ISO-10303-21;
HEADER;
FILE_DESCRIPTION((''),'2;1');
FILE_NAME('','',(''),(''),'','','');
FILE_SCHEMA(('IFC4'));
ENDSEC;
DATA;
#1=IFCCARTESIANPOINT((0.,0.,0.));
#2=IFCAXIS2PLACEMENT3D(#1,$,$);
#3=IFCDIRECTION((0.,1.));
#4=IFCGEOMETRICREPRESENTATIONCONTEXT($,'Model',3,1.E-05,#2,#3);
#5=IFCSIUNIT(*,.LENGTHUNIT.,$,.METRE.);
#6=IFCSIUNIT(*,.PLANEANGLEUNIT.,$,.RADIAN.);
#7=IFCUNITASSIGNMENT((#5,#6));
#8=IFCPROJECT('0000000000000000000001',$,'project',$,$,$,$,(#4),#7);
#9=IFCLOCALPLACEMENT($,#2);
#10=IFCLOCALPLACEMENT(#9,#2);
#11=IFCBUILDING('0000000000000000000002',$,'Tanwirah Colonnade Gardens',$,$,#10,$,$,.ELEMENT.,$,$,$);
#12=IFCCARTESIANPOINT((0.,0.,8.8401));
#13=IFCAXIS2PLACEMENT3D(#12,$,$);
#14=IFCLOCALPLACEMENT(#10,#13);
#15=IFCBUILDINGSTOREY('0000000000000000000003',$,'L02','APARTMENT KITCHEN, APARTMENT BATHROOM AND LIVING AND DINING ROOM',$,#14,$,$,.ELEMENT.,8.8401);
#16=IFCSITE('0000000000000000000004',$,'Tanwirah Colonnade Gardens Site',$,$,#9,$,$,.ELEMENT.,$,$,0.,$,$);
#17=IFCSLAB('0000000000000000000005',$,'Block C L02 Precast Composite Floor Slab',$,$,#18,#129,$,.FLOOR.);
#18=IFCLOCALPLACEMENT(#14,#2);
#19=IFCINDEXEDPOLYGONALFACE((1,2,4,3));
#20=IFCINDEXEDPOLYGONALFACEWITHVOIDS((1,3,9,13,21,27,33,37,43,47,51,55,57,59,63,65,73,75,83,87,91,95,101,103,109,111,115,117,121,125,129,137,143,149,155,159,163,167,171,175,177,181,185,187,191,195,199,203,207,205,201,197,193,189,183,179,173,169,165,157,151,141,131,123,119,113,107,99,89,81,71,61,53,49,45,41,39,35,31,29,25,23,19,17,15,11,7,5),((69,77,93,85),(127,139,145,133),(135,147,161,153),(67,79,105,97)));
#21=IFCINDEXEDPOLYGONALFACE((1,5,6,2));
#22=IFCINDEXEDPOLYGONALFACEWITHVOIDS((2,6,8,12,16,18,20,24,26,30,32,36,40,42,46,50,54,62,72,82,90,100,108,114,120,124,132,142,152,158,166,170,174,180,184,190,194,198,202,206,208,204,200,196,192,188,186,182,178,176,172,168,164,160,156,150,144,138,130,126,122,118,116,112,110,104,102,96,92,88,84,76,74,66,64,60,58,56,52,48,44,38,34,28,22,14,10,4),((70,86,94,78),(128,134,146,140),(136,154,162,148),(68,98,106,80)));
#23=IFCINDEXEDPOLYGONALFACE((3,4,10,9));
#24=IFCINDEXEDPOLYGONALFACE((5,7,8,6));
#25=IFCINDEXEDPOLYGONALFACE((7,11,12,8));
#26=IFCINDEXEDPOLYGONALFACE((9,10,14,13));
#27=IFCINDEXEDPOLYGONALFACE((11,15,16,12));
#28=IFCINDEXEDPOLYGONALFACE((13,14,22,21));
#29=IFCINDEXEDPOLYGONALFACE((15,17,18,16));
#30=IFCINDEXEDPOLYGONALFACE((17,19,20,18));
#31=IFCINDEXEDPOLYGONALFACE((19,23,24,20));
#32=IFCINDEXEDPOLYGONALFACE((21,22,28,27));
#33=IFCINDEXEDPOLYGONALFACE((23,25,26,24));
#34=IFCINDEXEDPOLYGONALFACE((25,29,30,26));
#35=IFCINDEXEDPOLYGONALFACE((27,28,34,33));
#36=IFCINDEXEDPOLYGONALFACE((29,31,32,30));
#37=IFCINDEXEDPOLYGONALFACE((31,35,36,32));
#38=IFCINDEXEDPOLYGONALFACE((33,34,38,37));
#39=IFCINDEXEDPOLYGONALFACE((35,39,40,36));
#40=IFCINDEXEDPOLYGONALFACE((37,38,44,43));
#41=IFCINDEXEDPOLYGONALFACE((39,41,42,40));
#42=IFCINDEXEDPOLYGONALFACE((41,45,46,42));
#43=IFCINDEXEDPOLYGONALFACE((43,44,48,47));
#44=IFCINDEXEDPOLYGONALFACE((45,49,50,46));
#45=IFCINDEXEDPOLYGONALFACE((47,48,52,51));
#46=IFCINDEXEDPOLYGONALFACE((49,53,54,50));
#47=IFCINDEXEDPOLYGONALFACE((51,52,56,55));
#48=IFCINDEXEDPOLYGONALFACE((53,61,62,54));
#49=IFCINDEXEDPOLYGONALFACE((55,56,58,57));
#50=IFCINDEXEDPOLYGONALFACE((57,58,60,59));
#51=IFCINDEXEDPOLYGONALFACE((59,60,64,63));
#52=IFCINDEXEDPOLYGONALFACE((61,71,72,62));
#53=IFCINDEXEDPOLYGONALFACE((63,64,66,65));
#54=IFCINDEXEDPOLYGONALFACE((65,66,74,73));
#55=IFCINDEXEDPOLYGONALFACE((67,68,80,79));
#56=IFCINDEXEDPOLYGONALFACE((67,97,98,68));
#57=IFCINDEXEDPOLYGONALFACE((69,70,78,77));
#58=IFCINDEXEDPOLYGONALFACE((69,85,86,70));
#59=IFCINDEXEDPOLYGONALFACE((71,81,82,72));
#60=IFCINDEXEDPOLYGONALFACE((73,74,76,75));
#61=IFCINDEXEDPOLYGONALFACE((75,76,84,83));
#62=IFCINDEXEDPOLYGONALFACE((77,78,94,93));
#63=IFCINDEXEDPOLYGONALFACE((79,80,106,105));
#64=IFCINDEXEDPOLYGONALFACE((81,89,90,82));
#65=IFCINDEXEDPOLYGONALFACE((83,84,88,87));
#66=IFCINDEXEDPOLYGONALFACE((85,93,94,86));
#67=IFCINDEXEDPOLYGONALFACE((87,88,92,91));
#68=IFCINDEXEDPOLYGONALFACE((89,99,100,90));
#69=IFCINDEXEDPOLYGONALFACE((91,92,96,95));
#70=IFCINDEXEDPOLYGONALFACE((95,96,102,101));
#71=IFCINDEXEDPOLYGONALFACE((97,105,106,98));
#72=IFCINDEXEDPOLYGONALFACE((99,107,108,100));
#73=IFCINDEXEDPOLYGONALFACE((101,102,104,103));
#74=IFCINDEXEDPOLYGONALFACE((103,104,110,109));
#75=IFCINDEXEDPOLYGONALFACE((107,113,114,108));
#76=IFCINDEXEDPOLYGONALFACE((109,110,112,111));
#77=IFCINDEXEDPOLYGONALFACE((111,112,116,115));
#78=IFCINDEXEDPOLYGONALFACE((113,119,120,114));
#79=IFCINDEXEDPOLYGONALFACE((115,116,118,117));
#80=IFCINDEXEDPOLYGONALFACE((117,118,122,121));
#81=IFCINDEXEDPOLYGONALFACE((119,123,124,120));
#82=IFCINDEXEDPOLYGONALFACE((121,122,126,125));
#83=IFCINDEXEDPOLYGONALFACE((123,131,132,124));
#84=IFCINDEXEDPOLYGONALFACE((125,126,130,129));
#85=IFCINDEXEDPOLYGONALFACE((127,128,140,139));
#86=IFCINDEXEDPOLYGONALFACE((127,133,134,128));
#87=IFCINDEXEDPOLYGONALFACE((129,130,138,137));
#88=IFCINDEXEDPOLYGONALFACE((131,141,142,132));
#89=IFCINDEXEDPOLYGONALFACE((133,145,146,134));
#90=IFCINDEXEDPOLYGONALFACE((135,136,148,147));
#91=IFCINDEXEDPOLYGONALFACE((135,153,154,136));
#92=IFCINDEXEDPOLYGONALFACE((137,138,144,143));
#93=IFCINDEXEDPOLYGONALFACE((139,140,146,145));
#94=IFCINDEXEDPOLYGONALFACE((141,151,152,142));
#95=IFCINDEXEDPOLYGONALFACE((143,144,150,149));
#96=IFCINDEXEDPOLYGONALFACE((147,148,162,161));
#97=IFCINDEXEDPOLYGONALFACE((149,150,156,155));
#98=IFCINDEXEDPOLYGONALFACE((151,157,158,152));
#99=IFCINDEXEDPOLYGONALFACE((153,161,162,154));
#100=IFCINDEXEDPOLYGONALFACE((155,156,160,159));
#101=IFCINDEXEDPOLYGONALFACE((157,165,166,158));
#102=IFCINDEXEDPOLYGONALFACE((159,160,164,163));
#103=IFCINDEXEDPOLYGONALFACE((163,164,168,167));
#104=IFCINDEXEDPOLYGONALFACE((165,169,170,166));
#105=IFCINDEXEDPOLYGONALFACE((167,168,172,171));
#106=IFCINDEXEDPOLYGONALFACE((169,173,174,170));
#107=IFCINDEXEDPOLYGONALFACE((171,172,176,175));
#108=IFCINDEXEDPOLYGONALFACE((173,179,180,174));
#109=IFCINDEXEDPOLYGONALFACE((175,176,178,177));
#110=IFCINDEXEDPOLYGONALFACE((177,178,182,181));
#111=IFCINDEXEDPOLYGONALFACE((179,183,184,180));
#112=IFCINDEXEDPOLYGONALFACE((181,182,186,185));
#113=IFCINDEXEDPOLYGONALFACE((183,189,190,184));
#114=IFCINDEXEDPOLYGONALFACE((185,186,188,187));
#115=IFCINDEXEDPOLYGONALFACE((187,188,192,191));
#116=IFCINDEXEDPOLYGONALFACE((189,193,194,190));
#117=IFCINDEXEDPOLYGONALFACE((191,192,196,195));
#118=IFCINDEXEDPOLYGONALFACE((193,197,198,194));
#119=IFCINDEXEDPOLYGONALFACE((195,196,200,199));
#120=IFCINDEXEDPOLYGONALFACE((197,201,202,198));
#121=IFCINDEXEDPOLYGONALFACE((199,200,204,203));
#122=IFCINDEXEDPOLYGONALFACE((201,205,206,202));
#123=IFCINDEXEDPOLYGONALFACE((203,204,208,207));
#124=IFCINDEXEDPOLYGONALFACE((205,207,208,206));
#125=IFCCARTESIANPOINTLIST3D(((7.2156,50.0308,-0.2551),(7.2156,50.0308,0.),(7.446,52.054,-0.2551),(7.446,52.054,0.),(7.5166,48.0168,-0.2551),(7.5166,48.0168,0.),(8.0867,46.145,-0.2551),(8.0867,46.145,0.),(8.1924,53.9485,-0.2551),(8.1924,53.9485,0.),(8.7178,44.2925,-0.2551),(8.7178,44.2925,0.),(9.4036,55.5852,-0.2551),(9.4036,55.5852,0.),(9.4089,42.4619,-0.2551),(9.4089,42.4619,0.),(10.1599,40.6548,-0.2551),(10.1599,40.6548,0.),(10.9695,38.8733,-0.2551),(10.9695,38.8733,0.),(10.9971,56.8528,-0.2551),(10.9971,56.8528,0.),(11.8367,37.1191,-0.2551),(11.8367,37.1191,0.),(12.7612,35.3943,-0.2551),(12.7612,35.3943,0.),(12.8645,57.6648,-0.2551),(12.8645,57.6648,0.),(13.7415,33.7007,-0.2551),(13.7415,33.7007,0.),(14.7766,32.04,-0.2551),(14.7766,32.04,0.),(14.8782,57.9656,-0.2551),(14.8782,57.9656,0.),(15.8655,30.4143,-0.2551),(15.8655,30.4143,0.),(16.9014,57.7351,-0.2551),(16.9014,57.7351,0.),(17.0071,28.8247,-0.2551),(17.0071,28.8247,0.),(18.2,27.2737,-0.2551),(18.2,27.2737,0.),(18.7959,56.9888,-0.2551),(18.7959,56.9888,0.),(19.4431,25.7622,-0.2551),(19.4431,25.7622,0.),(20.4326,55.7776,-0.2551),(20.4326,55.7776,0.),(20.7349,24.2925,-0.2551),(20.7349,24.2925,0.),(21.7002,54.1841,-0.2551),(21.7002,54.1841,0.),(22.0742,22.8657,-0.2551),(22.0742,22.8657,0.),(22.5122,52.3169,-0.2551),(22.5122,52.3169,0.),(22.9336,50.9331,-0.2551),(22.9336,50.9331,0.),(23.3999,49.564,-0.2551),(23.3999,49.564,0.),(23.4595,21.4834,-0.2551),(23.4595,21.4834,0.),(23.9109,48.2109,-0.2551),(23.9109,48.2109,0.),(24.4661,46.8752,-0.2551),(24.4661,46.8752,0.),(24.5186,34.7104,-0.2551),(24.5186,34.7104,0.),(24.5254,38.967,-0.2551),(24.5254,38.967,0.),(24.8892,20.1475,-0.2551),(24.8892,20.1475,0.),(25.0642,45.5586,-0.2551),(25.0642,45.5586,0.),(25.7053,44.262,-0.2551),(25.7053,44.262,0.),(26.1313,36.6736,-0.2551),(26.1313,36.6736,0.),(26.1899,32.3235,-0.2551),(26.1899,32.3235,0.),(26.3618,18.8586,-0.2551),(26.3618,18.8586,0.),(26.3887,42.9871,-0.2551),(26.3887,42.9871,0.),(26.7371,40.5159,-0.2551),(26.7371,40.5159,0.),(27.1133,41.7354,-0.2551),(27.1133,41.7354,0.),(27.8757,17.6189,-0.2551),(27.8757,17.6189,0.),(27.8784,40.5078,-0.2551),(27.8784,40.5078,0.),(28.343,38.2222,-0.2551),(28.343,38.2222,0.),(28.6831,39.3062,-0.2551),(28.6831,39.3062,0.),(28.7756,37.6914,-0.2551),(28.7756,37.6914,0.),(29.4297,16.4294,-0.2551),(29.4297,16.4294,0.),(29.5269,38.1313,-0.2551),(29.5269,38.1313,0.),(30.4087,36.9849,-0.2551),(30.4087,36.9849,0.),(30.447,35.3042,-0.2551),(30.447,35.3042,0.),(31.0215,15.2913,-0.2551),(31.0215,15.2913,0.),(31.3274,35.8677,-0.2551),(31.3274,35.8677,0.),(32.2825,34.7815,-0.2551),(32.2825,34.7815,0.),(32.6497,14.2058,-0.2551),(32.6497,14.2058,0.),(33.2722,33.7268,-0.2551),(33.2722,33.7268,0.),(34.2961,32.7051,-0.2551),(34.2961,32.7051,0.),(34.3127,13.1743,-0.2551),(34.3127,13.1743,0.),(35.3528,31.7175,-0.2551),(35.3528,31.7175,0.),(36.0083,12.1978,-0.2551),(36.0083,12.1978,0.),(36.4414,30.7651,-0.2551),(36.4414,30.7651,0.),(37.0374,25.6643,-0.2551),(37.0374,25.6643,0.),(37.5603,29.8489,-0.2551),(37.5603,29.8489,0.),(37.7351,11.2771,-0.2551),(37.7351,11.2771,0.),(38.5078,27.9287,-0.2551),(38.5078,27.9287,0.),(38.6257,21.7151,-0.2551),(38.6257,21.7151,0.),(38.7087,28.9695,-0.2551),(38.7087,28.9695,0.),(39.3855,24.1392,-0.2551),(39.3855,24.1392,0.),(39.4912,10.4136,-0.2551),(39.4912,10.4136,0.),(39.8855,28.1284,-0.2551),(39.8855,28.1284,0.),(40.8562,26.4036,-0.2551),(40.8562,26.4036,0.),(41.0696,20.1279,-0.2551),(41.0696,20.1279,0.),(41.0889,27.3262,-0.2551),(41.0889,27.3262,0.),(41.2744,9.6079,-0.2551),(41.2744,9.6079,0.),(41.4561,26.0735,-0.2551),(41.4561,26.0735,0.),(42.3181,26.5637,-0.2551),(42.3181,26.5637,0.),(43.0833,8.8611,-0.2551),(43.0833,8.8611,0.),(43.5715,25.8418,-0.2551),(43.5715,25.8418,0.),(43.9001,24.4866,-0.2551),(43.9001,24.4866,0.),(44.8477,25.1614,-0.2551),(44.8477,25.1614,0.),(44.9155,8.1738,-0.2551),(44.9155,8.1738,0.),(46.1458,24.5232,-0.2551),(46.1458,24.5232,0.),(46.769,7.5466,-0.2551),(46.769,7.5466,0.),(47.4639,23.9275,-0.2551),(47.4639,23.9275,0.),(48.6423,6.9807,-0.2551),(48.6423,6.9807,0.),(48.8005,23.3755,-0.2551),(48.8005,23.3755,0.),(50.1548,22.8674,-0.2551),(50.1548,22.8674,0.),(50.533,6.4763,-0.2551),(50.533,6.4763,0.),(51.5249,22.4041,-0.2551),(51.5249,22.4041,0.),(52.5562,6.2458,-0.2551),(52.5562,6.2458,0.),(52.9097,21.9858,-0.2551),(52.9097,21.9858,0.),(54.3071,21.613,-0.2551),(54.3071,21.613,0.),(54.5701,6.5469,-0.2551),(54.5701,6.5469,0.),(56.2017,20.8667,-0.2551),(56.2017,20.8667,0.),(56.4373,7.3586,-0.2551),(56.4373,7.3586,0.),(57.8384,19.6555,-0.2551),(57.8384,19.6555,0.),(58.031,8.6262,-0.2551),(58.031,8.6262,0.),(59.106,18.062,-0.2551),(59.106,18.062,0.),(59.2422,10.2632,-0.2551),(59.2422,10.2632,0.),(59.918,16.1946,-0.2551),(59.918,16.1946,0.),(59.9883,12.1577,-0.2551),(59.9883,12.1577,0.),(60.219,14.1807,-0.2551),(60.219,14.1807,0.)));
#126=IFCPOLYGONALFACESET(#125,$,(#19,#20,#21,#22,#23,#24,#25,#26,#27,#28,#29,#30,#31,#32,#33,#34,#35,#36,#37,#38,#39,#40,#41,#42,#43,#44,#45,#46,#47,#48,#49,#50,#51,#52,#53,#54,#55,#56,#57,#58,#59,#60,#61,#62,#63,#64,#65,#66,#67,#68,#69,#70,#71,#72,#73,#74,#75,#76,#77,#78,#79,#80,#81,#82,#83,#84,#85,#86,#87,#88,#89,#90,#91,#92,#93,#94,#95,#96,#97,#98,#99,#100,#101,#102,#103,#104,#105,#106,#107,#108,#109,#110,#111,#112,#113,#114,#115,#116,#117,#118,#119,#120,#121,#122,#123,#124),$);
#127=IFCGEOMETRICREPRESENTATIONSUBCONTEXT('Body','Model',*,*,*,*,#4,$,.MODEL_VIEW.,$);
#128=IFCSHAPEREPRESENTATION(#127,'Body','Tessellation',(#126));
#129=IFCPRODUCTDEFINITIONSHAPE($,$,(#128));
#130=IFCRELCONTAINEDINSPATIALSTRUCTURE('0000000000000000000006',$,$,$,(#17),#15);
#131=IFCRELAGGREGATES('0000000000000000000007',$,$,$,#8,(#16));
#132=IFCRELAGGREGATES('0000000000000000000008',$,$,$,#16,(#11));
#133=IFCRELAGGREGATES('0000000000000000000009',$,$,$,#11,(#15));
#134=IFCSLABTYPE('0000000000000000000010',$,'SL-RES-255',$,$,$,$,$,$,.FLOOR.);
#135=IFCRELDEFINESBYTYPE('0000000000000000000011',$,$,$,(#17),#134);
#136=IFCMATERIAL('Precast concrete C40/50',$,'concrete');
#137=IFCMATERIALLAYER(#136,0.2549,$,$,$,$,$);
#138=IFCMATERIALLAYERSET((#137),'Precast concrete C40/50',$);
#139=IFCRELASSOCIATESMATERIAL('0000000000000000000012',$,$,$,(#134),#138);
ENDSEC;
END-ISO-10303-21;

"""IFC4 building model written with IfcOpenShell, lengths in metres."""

from ifc_helpers import new_model, si_unit, direction, frame, origin, place, context, subcontext, project, spatial, polyline, outline, extrude, material, layer, layer_set, type_object, element, save


model = new_model("IFC4")

# Units and contexts
model_context = context("Model", 3, precision=1e-05, world=origin(), true_north=direction((0.0, 1.0)))
body_context = subcontext(model_context, "Body", "Model", "MODEL_VIEW")
ifc_project = project(units=[si_unit("LENGTHUNIT", "METRE"), si_unit("PLANEANGLEUNIT", "RADIAN")], contexts=[model_context])

# Site, building, storey
site_placement = place(None, origin())
site = spatial("IfcSite", under=ifc_project, at=site_placement, Name="Tanwirah Colonnade Gardens Site", CompositionType="ELEMENT", RefElevation=0.0)
building_placement = place(site_placement, origin())
building = spatial("IfcBuilding", under=site, at=building_placement, Name="Tanwirah Colonnade Gardens", CompositionType="ELEMENT")
storey_placement = place(building_placement, frame((0.0, 0.0, 8.8401)))
storey = spatial("IfcBuildingStorey", under=building, at=storey_placement, Name="L02", Description="APARTMENT KITCHEN, APARTMENT BATHROOM AND LIVING AND DINING ROOM", CompositionType="ELEMENT", Elevation=8.8401)

# Shared definitions
ifc_material_1 = material(Name="Precast concrete C40/50", Category="concrete")

# Slab
ifc_layer_1 = layer(ifc_material_1, 0.2549)
ifc_layer_set_1 = layer_set([ifc_layer_1], Name="Precast concrete C40/50")
slab_type_1 = type_object("IfcSlabType", Name="SL-RES-255", PredefinedType="FLOOR", material=ifc_layer_set_1)
slab_1_placement = place(storey_placement, frame((0.0, 0.0, -0.2551)))
element("IfcSlab", 1, at=slab_1_placement, inside=storey, type_object=slab_type_1, Name="Block C L02 Precast Composite Floor Slab", PredefinedType="FLOOR", context=body_context, shape_type="SweptSolid", body=[
    extrude(outline(polyline([(23.3999, 49.564), (22.9336, 50.9331), (22.5122, 52.3169), (21.7002, 54.1841), (20.4326, 55.7776), (18.7959, 56.9888), (16.9014, 57.7351), (14.8782, 57.9656), (12.8645, 57.6648), (10.9971, 56.8528), (9.4036, 55.5852), (8.1924, 53.9485), (7.446, 52.054), (7.2156, 50.0308), (7.5166, 48.0168), (8.0867, 46.145), (8.7178, 44.2925), (9.4089, 42.4619), (10.1599, 40.6548), (10.9695, 38.8733), (11.8367, 37.1191), (12.7612, 35.3943), (13.7415, 33.7007), (14.7766, 32.04), (15.8655, 30.4143), (17.0071, 28.8247), (18.2, 27.2737), (19.4431, 25.7622), (20.7349, 24.2925), (22.0742, 22.8657), (23.4595, 21.4834), (24.8892, 20.1475), (26.3618, 18.8586), (27.8757, 17.6189), (29.4297, 16.4294), (31.0215, 15.2913), (32.6497, 14.2058), (34.3127, 13.1743), (36.0083, 12.1978), (37.7351, 11.2771), (39.4912, 10.4136), (41.2744, 9.6079), (43.0833, 8.8611), (44.9155, 8.1738), (46.769, 7.5466), (48.6423, 6.9807), (50.533, 6.4763), (52.5562, 6.2458), (54.5701, 6.5469), (56.4373, 7.3586), (58.031, 8.6262), (59.2422, 10.2632), (59.9883, 12.1577), (60.219, 14.1807), (59.918, 16.1946), (59.106, 18.062), (57.8384, 19.6555), (56.2017, 20.8667), (54.3071, 21.613), (52.9097, 21.9858), (51.5249, 22.4041), (50.1548, 22.8674), (48.8005, 23.3755), (47.4639, 23.9275), (46.1458, 24.5232), (44.8477, 25.1614), (43.5715, 25.8418), (42.3181, 26.5637), (41.0889, 27.3262), (39.8855, 28.1284), (38.7087, 28.9695), (37.5603, 29.8489), (36.4414, 30.7651), (35.3528, 31.7175), (34.2961, 32.7051), (33.2722, 33.7268), (32.2825, 34.7815), (31.3274, 35.8677), (30.4087, 36.9849), (29.5269, 38.1313), (28.6831, 39.3062), (27.8784, 40.5078), (27.1133, 41.7354), (26.3887, 42.9871), (25.7053, 44.262), (25.0642, 45.5586), (24.4661, 46.8752), (23.9109, 48.2109), (23.3999, 49.564)]), holes=[polyline([(24.5186, 34.7104), (28.7756, 37.6914), (30.447, 35.3042), (26.1899, 32.3235), (24.5186, 34.7104)]), polyline([(26.7371, 40.5159), (28.343, 38.2222), (26.1313, 36.6736), (24.5254, 38.967), (26.7371, 40.5159)]), polyline([(43.9001, 24.4866), (41.0696, 20.1279), (38.6257, 21.7151), (41.4561, 26.0735), (43.9001, 24.4866)]), polyline([(39.3855, 24.1392), (37.0374, 25.6643), (38.5078, 27.9287), (40.8562, 26.4036), (39.3855, 24.1392)])]), origin(), (0.0, 0.0, 1.0), 0.2551),
])

save(model, "model.ifc")
